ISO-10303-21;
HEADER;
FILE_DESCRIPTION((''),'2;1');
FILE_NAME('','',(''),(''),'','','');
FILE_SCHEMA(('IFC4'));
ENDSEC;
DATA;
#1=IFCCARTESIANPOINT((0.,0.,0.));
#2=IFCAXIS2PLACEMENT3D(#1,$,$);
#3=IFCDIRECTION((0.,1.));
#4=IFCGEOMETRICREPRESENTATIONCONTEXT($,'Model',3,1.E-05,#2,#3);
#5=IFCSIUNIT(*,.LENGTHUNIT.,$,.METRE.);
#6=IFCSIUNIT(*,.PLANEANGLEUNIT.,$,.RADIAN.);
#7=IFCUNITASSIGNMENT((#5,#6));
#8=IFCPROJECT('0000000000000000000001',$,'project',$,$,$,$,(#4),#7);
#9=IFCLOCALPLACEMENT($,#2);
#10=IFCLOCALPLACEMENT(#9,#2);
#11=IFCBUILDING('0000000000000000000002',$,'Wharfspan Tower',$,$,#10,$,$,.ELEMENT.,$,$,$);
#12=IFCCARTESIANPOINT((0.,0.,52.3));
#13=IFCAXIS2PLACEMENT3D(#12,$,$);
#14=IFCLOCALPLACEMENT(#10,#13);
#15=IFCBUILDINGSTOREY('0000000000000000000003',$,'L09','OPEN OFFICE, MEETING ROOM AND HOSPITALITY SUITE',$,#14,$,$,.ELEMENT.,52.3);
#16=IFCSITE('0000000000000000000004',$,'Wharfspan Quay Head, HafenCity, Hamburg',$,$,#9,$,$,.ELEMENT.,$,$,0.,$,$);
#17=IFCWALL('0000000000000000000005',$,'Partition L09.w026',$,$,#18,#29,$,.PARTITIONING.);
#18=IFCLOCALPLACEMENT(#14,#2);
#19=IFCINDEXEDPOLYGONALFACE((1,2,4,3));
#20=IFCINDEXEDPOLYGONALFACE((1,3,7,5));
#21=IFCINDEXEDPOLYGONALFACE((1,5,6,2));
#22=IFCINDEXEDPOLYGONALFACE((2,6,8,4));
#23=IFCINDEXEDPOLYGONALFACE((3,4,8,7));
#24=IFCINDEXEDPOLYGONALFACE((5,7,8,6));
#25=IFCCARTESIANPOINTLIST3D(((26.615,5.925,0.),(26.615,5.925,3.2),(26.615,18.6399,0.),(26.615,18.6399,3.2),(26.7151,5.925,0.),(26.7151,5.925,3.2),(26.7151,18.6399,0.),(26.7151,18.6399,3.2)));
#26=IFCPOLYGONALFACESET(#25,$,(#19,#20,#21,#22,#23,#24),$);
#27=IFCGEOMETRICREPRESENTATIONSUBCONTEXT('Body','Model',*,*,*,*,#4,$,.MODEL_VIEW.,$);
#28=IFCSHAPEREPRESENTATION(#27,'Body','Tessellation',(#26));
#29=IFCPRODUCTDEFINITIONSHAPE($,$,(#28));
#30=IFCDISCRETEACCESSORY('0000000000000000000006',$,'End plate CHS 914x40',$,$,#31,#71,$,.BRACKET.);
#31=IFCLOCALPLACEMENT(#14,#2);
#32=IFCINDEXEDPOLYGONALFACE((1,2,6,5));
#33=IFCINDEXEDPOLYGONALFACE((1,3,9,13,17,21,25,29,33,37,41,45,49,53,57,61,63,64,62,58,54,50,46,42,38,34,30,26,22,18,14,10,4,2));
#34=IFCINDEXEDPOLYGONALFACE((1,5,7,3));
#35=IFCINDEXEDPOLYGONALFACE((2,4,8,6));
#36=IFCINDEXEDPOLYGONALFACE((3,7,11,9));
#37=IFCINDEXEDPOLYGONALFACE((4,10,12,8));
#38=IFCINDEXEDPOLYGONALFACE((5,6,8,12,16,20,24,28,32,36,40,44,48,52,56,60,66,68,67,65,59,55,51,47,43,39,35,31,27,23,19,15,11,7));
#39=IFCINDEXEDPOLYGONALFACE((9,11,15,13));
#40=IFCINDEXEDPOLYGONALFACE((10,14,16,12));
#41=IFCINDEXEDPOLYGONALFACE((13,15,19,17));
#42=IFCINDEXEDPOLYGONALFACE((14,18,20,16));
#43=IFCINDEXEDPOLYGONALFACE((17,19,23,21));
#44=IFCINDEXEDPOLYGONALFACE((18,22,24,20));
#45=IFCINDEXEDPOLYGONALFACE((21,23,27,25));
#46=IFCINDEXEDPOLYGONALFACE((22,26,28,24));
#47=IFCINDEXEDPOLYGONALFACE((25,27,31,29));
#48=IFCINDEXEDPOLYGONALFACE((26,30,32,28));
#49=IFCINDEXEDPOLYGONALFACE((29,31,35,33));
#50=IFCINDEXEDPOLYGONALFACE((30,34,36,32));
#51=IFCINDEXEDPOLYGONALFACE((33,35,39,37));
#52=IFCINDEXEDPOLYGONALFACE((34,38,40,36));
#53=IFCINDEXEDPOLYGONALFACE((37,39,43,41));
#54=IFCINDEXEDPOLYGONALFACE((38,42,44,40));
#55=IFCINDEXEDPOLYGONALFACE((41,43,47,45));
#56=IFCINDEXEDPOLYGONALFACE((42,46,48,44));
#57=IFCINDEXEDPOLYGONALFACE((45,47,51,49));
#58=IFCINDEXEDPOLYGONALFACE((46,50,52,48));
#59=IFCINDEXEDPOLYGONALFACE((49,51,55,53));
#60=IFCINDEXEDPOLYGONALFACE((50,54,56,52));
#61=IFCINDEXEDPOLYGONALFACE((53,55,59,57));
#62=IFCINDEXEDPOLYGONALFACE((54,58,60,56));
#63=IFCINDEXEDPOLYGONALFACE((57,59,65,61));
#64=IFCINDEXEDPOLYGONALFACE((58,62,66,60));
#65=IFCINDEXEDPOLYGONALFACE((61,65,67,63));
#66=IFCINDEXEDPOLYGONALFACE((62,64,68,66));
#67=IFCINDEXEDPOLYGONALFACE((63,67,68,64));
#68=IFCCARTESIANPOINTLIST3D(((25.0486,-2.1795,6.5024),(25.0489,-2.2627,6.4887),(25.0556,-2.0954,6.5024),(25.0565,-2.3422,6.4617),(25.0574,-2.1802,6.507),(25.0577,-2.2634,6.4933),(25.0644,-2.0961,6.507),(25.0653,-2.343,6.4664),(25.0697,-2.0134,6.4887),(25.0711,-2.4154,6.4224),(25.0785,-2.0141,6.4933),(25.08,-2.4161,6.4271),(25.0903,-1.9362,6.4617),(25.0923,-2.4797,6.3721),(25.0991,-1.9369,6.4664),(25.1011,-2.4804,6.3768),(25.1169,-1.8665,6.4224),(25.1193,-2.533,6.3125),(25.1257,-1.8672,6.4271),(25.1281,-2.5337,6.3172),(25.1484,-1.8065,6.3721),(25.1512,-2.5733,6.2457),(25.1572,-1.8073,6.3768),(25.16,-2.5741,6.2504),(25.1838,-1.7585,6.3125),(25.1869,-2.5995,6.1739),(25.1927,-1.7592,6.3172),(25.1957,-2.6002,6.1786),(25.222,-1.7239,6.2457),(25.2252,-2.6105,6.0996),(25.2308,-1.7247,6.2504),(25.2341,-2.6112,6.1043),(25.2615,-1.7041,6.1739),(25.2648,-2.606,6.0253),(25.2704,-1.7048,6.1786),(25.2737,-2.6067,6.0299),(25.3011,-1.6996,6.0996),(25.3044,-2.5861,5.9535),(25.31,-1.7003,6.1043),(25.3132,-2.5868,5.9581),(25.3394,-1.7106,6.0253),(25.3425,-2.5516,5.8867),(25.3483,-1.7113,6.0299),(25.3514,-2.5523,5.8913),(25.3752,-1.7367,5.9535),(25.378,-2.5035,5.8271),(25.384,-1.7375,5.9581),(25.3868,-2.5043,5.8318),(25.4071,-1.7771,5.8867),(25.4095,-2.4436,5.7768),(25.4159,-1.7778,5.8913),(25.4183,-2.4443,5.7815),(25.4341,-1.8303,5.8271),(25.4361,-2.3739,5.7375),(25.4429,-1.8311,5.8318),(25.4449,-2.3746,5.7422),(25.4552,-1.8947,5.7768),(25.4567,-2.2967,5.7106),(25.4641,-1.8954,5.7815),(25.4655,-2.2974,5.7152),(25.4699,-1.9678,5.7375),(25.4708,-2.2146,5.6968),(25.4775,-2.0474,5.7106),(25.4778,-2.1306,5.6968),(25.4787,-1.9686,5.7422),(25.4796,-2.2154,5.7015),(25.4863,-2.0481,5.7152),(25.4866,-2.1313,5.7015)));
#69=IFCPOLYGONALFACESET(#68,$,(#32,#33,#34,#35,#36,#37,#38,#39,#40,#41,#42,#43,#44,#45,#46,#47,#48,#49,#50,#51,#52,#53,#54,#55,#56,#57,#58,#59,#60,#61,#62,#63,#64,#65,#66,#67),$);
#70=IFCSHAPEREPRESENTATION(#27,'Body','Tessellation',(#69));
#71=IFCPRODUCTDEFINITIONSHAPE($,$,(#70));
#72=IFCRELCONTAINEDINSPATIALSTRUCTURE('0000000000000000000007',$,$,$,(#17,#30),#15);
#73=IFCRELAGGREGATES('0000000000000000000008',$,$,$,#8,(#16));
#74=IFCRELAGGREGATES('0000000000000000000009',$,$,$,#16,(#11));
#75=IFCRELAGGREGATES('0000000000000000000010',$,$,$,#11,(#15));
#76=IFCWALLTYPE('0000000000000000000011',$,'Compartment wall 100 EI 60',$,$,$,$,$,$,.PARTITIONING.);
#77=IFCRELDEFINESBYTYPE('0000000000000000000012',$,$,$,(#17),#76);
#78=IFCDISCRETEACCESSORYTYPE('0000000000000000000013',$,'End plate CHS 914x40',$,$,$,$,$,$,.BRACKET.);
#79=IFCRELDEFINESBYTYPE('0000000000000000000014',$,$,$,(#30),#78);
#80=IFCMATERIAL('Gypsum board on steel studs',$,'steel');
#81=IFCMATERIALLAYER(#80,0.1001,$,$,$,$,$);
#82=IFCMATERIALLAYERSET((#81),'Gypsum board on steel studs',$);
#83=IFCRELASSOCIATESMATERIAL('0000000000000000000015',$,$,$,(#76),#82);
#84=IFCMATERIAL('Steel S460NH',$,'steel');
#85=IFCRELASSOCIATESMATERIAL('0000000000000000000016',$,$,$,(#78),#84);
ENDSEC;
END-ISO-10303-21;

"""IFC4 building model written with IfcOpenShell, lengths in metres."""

from ifc_helpers import new_model, si_unit, direction, frame, frame_2d, origin, origin_2d, place, context, subcontext, project, spatial, rectangle, circle, extrude, material, layer, layer_set, material_profile, profile_set, type_object, element, save


model = new_model("IFC4")

# Units and contexts
model_context = context("Model", 3, precision=1e-05, world=origin(), true_north=direction((0.0, 1.0)))
body_context = subcontext(model_context, "Body", "Model", "MODEL_VIEW")
ifc_project = project(units=[si_unit("LENGTHUNIT", "METRE"), si_unit("PLANEANGLEUNIT", "RADIAN")], contexts=[model_context])

# Site, building, storey
site_placement = place(None, origin())
site = spatial("IfcSite", under=ifc_project, at=site_placement, Name="Wharfspan Quay Head, HafenCity, Hamburg", CompositionType="ELEMENT", RefElevation=0.0)
building_placement = place(site_placement, origin())
building = spatial("IfcBuilding", under=site, at=building_placement, Name="Wharfspan Tower", CompositionType="ELEMENT")
storey_placement = place(building_placement, frame((0.0, 0.0, 52.3)))
storey = spatial("IfcBuildingStorey", under=building, at=storey_placement, Name="L09", Description="OPEN OFFICE, MEETING ROOM AND HOSPITALITY SUITE", CompositionType="ELEMENT", Elevation=52.3)

# Shared definitions
ifc_material_1 = material(Name="Steel S460NH", Category="steel")

# Wall
ifc_material_2 = material(Name="Gypsum board on steel studs", Category="steel")
ifc_layer_1 = layer(ifc_material_2, 0.1001)
ifc_layer_set_1 = layer_set([ifc_layer_1], Name="Gypsum board on steel studs")
wall_type = type_object("IfcWallType", Name="Compartment wall 100 EI 60", PredefinedType="PARTITIONING", material=ifc_layer_set_1)
wall_1_placement = place(storey_placement, frame((26.665, 5.925, 0.0), z_axis=(0.0, 0.0, 1.0), x_axis=(0.0, 1.0, 0.0)))
element("IfcWall", 1, at=wall_1_placement, inside=storey, type_object=wall_type, Name="Partition L09.w026", PredefinedType="PARTITIONING", context=body_context, shape_type="SweptSolid", body=[
    extrude(rectangle(XDim=12.7148, YDim=0.1001, at=frame_2d((6.3574, 0.0))), origin(), (0.0, 0.0, 1.0), 3.2),
])

# Discrete accessory
ifc_material_profile_1 = material_profile(ifc_material_1, circle(Radius=0.457, at=origin_2d()))
ifc_profile_set_1 = profile_set([ifc_material_profile_1], Name="Steel S460NH")
discrete_accessory_type = type_object("IfcDiscreteAccessoryType", Name="End plate CHS 914x40", PredefinedType="BRACKET", material=ifc_profile_set_1)
discrete_accessory_placement = place(storey_placement, frame((25.2632, -2.155, 6.0996), z_axis=(0.881993, -0.073499, 0.465496), x_axis=(0.083046, 0.996545, -0.000002)))
element("IfcDiscreteAccessory", 2, at=discrete_accessory_placement, inside=storey, type_object=discrete_accessory_type, Name="End plate CHS 914x40", PredefinedType="BRACKET", context=body_context, shape_type="SweptSolid", body=[
    extrude(circle(Radius=0.457, at=origin_2d()), origin(), (0.0, 0.0, 1.0), 0.01),
])

save(model, "model.ifc")
